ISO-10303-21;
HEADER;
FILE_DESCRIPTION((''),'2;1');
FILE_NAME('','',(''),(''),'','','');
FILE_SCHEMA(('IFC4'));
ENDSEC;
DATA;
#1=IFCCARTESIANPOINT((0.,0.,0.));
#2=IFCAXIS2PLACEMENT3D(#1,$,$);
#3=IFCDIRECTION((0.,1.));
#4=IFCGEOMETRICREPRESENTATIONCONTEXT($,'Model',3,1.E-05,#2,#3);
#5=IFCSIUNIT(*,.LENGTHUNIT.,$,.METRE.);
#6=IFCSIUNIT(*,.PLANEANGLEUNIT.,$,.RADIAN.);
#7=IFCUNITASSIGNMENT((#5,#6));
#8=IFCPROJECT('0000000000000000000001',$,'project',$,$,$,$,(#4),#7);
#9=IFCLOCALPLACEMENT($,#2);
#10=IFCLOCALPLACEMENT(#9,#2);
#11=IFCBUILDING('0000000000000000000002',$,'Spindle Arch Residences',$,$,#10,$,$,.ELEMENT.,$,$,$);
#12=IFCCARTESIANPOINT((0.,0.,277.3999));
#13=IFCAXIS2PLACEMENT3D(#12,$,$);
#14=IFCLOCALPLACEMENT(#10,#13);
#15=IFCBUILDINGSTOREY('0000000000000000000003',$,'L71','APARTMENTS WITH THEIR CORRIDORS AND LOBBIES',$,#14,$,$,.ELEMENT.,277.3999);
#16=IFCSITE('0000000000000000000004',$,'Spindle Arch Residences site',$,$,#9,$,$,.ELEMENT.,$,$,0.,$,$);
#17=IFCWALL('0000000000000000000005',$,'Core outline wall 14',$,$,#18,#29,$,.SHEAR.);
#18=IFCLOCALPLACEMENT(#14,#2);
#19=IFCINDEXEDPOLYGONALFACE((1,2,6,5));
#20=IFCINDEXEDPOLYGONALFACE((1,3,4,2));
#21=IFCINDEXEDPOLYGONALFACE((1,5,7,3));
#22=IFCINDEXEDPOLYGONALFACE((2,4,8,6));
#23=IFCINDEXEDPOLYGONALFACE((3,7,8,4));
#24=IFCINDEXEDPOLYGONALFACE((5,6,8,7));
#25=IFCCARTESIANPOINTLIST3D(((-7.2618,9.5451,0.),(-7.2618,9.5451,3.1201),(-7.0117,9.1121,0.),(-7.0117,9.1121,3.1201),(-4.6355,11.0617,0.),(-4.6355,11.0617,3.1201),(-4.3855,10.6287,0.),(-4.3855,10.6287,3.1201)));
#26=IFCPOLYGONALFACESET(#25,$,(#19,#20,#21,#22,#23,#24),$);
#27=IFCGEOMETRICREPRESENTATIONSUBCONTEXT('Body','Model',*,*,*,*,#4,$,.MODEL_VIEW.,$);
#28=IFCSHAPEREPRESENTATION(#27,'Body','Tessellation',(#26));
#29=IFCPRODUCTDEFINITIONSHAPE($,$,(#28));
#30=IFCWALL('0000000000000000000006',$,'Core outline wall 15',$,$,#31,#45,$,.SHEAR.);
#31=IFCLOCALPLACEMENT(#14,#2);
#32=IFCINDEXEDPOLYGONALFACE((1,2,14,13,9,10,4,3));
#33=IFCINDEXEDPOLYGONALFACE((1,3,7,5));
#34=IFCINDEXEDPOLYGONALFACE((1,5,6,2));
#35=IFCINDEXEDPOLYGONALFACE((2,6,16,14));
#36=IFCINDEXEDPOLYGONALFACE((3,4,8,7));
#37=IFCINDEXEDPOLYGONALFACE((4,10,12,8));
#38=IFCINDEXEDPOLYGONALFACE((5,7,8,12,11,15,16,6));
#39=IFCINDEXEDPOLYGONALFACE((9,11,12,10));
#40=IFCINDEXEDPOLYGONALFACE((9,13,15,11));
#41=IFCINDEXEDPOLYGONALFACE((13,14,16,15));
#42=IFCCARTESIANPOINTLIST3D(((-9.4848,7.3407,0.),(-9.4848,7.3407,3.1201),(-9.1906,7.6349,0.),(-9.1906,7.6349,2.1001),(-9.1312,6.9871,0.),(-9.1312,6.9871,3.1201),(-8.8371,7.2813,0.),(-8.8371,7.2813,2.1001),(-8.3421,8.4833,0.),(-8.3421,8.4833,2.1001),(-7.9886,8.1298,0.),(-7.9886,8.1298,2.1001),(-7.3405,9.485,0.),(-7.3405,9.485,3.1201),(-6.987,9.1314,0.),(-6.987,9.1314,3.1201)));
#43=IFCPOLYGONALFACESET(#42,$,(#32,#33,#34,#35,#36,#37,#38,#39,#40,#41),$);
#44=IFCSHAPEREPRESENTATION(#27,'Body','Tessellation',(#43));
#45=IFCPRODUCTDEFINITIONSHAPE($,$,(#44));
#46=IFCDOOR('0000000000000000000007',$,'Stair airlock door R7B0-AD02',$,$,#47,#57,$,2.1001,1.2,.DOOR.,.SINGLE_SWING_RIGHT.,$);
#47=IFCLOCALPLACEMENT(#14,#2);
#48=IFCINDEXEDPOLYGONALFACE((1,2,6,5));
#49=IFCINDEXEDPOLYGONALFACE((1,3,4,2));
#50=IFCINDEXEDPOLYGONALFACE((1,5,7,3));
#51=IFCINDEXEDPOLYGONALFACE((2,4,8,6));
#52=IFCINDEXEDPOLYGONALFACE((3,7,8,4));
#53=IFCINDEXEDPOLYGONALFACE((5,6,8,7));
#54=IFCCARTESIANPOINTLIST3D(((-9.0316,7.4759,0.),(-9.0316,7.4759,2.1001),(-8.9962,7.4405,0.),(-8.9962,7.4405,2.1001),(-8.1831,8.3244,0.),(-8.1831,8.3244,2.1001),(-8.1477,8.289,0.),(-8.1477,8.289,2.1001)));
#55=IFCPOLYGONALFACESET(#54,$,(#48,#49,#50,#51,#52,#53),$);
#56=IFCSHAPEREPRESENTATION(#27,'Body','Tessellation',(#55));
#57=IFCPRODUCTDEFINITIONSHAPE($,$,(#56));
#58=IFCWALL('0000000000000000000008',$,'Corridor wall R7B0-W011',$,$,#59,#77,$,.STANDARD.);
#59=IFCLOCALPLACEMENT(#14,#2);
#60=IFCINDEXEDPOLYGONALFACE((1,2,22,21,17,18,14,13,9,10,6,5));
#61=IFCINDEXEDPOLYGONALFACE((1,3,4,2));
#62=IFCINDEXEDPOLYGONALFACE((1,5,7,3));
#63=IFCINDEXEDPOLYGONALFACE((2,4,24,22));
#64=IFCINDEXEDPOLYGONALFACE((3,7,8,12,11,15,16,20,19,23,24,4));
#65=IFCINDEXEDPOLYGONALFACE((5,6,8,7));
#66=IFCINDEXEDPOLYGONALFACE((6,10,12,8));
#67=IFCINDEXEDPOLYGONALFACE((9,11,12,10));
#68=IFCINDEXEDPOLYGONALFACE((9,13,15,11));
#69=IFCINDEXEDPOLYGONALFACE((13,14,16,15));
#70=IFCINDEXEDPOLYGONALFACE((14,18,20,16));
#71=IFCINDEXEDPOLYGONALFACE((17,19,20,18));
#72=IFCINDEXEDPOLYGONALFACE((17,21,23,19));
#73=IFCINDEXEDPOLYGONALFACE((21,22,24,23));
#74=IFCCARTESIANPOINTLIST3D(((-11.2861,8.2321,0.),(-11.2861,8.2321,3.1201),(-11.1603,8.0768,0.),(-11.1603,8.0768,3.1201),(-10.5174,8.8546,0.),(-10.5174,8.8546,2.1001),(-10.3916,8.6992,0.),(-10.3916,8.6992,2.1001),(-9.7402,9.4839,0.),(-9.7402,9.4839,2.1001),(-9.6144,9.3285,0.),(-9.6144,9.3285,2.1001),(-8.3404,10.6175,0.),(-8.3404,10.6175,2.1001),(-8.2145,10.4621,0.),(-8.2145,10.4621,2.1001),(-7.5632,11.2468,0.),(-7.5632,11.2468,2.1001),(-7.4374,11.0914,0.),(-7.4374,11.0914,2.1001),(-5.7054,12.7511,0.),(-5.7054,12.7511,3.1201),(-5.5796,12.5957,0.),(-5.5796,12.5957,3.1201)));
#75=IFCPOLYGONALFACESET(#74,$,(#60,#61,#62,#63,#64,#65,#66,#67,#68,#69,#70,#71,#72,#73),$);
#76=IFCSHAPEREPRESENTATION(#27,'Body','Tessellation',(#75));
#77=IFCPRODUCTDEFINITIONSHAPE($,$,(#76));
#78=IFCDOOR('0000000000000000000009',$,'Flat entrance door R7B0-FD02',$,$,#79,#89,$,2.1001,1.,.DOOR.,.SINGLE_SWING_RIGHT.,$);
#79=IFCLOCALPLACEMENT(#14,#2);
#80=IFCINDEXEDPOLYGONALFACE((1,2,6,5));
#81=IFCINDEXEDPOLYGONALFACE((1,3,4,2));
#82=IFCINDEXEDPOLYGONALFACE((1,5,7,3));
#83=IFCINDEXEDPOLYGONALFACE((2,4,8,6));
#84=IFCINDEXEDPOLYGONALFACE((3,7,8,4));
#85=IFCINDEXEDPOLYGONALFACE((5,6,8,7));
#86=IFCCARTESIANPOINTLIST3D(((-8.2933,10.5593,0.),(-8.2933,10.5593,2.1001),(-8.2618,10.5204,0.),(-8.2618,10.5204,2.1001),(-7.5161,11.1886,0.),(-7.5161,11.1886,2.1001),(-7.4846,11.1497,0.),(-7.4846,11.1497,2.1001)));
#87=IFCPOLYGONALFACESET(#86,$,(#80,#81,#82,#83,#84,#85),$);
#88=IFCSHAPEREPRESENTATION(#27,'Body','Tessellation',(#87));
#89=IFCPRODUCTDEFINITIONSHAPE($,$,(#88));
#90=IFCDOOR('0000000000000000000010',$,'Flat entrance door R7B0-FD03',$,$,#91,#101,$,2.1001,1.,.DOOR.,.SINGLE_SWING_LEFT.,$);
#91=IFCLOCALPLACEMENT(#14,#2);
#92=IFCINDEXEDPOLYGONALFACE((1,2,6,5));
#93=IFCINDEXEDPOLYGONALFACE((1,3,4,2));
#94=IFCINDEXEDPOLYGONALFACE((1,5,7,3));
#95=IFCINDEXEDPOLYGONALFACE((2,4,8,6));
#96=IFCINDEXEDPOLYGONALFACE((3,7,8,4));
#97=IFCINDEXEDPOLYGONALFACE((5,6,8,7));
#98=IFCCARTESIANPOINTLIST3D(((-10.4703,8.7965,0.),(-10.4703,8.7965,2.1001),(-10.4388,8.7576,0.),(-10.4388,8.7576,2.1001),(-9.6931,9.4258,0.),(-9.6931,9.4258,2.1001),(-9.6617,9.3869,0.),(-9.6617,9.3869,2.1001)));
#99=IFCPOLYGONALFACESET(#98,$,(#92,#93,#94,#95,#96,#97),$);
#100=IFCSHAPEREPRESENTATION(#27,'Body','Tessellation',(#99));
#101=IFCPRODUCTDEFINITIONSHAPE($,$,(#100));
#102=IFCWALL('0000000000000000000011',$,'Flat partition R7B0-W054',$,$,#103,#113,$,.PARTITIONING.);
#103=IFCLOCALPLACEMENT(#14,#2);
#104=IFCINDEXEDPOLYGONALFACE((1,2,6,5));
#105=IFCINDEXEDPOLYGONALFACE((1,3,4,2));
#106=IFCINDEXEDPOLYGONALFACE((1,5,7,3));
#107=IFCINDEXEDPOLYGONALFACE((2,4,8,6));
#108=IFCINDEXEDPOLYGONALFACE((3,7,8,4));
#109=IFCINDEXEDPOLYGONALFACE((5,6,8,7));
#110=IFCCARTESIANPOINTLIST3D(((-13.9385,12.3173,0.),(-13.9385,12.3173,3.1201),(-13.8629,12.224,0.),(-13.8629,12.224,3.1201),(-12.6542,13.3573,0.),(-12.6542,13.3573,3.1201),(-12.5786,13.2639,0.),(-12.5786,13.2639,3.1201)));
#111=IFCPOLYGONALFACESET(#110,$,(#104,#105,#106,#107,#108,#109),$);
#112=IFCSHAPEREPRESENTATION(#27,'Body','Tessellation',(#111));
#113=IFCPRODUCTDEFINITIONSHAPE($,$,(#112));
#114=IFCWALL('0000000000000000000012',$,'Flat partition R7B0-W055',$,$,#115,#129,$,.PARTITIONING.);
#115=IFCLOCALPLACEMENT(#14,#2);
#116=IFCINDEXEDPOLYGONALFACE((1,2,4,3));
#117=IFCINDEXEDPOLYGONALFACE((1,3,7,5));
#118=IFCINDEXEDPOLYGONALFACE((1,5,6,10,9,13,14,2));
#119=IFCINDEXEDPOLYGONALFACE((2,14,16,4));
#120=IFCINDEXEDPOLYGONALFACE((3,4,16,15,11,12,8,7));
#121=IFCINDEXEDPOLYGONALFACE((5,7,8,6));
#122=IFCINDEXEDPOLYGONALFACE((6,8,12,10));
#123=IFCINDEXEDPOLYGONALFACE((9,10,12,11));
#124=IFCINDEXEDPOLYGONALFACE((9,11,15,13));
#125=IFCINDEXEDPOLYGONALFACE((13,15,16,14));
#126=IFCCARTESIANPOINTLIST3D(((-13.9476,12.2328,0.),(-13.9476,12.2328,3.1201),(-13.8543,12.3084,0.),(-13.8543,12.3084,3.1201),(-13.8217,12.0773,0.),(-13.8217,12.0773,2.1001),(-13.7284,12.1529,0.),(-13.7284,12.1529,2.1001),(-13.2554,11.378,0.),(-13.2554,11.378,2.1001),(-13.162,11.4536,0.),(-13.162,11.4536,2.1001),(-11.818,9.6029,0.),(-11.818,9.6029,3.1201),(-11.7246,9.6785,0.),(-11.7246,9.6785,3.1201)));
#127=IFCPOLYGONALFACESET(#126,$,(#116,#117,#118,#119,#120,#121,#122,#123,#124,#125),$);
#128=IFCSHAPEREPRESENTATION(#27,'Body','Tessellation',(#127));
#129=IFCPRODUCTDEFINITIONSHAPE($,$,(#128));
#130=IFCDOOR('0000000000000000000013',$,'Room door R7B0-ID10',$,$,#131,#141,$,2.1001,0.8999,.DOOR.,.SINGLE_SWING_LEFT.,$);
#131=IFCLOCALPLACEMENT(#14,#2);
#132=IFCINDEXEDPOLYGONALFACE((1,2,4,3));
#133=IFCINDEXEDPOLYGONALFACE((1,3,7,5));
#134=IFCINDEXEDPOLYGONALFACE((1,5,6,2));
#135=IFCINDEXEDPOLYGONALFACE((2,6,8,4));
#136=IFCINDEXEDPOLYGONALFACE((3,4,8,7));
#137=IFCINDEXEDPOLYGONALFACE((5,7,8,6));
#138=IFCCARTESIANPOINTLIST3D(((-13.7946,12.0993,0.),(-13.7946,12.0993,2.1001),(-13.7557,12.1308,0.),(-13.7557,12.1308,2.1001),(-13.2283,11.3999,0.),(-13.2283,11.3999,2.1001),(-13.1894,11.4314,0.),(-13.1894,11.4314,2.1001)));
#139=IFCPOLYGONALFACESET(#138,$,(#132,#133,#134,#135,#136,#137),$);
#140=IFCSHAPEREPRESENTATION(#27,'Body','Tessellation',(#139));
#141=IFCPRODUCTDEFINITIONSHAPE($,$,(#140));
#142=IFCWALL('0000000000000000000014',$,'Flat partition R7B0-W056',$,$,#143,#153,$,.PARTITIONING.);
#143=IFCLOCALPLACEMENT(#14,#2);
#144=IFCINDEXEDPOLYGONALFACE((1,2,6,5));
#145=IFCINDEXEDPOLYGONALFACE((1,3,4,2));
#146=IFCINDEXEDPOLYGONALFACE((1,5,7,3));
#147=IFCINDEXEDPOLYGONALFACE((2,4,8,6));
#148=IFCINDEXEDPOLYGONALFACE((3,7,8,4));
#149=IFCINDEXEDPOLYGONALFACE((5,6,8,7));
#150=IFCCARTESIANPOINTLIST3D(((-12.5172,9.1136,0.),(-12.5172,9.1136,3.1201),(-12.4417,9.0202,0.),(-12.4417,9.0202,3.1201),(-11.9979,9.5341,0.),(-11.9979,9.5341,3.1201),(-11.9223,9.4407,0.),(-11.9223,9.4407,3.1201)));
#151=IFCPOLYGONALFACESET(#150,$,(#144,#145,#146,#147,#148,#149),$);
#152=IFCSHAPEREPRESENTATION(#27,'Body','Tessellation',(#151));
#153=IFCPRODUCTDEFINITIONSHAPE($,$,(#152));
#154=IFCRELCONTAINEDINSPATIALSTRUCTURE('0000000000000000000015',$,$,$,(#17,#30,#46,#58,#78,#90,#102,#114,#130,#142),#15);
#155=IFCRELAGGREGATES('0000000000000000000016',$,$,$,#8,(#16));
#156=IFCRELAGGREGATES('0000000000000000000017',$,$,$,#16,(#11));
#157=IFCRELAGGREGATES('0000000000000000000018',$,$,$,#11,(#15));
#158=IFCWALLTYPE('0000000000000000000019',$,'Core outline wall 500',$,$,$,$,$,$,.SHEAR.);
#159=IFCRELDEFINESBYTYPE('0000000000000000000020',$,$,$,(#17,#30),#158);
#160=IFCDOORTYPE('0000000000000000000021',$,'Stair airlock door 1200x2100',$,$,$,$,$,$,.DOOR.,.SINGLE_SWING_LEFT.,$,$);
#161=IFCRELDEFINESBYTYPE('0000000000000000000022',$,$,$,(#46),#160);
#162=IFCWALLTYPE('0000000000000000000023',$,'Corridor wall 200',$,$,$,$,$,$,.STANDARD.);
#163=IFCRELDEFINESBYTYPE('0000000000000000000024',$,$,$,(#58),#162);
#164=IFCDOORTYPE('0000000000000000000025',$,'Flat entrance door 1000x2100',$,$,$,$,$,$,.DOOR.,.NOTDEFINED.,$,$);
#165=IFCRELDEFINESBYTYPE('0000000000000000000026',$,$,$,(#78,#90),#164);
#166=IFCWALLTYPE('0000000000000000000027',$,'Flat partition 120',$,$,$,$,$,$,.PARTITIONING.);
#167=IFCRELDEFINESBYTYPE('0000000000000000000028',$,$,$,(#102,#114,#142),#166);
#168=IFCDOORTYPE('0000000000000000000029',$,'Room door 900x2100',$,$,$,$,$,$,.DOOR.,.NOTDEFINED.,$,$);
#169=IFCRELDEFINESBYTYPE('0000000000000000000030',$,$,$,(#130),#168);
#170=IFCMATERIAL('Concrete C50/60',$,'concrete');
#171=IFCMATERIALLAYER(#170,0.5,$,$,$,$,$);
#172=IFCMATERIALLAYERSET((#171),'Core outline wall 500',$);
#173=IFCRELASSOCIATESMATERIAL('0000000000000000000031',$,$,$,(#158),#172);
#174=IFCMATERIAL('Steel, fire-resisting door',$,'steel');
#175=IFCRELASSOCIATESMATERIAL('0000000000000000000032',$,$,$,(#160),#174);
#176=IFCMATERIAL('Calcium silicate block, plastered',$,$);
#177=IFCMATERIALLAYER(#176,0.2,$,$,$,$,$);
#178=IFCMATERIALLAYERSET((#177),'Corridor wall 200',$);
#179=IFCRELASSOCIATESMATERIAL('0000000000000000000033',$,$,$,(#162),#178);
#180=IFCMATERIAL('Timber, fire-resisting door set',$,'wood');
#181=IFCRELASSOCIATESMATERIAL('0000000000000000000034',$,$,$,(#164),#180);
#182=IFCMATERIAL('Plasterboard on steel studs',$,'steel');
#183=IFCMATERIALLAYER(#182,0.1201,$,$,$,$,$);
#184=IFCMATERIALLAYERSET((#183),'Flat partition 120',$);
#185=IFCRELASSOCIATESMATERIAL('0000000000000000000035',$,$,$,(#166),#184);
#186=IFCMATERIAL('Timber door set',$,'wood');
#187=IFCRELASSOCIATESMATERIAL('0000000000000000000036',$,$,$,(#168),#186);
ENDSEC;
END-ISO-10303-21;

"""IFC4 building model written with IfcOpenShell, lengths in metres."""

from ifc_helpers import new_model, si_unit, direction, frame, frame_2d, origin, place, context, subcontext, project, spatial, rectangle, extrude, material, layer, layer_set, type_object, element, fill, save


model = new_model("IFC4")

# Units and contexts
model_context = context("Model", 3, precision=1e-05, world=origin(), true_north=direction((0.0, 1.0)))
body_context = subcontext(model_context, "Body", "Model", "MODEL_VIEW")
ifc_project = project(units=[si_unit("LENGTHUNIT", "METRE"), si_unit("PLANEANGLEUNIT", "RADIAN")], contexts=[model_context])

# Site, building, storey
site_placement = place(None, origin())
site = spatial("IfcSite", under=ifc_project, at=site_placement, Name="Spindle Arch Residences site", CompositionType="ELEMENT", RefElevation=0.0)
building_placement = place(site_placement, origin())
building = spatial("IfcBuilding", under=site, at=building_placement, Name="Spindle Arch Residences", CompositionType="ELEMENT")
storey_placement = place(building_placement, frame((0.0, 0.0, 277.3999)))
storey = spatial("IfcBuildingStorey", under=building, at=storey_placement, Name="L71", Description="APARTMENTS WITH THEIR CORRIDORS AND LOBBIES", CompositionType="ELEMENT", Elevation=277.3999)

# Wall
ifc_material_1 = material(Name="Concrete C50/60", Category="concrete")
ifc_layer_1 = layer(ifc_material_1, 0.5)
ifc_layer_set_1 = layer_set([ifc_layer_1], Name="Core outline wall 500")
wall_type_1 = type_object("IfcWallType", Name="Core outline wall 500", PredefinedType="SHEAR", material=ifc_layer_set_1)
wall_1_placement = place(storey_placement, frame((-4.5105, 10.8452, 0.0), z_axis=(0.0, 0.0, 1.0), x_axis=(-0.865975, -0.500087, 0.0)))
element("IfcWall", 1, at=wall_1_placement, inside=storey, type_object=wall_type_1, Name="Core outline wall 14", PredefinedType="SHEAR", context=body_context, shape_type="SweptSolid", body=[
    extrude(rectangle(XDim=3.0327, YDim=0.5, at=frame_2d((1.5164, 0.0))), origin(), (0.0, 0.0, 1.0), 3.1201),
])

# Wall, opening, door
wall_2_placement = place(storey_placement, frame((-7.1638, 9.3081, 0.0), z_axis=(0.0, 0.0, 1.0), x_axis=(-0.707107, -0.707107, 0.0)))
wall_2 = element("IfcWall", 2, at=wall_2_placement, inside=storey, type_object=wall_type_1, Name="Core outline wall 15", PredefinedType="SHEAR", context=body_context, shape_type="SweptSolid", body=[
    extrude(rectangle(XDim=3.0325, YDim=0.5, at=frame_2d((1.5161, 0.0))), origin(), (0.0, 0.0, 1.0), 3.1201),
])
opening_1_placement = place(wall_2_placement, frame((1.4163, 0.0, 0.0)))
opening_1 = element("IfcOpeningElement", 3, at=opening_1_placement, cuts=wall_2, PredefinedType="OPENING", context=body_context, shape_type="SweptSolid", body=[
    extrude(rectangle(XDim=1.2, YDim=2.1001, at=frame_2d((0.6001, 1.05))), frame((0.0, 0.26, 0.0), z_axis=(0.0, -1.0, 0.0), x_axis=(1.0, 0.0, 0.0)), (0.0, 0.0, 1.0), 0.52),
])
ifc_material_2 = material(Name="Steel, fire-resisting door", Category="steel")
door_type_1 = type_object("IfcDoorType", Name="Stair airlock door 1200x2100", OperationType="SINGLE_SWING_LEFT", PredefinedType="DOOR", material=ifc_material_2)
door_1_placement = place(opening_1_placement, origin())
door_1 = element("IfcDoor", 4, at=door_1_placement, inside=storey, type_object=door_type_1, Name="Stair airlock door R7B0-AD02", OperationType="SINGLE_SWING_RIGHT", OverallHeight=2.1001, OverallWidth=1.2, PredefinedType="DOOR", context=body_context, shape_type="SweptSolid", body=[
    extrude(rectangle(XDim=1.2, YDim=2.1001, at=frame_2d((0.6001, 1.05))), frame((0.0, 0.0249, 0.0), z_axis=(0.0, -1.0, 0.0), x_axis=(1.0, 0.0, 0.0)), (0.0, 0.0, 1.0), 0.05),
])
fill(opening_1, door_1)

# Wall, openings, doors
ifc_material_3 = material(Name="Calcium silicate block, plastered")
ifc_layer_2 = layer(ifc_material_3, 0.2)
ifc_layer_set_2 = layer_set([ifc_layer_2], Name="Corridor wall 200")
wall_type_2 = type_object("IfcWallType", Name="Corridor wall 200", PredefinedType="STANDARD", material=ifc_layer_set_2)
wall_3_placement = place(storey_placement, frame((-5.6426, 12.6733, 0.0), z_axis=(0.0, 0.0, 1.0), x_axis=(-0.77716, -0.629303, 0.0)))
wall_3 = element("IfcWall", 5, at=wall_3_placement, inside=storey, type_object=wall_type_2, Name="Corridor wall R7B0-W011", PredefinedType="STANDARD", context=body_context, shape_type="SweptSolid", body=[
    extrude(rectangle(XDim=7.1809, YDim=0.2, at=frame_2d((3.5903, 0.0))), origin(), (0.0, 0.0, 1.0), 3.1201),
])
opening_2_placement = place(wall_3_placement, frame((2.3904, 0.0, 0.0)))
opening_2 = element("IfcOpeningElement", 6, at=opening_2_placement, cuts=wall_3, PredefinedType="OPENING", context=body_context, shape_type="SweptSolid", body=[
    extrude(rectangle(XDim=1.0, YDim=2.1001, at=frame_2d((0.5, 1.05))), frame((0.0, 0.1099, 0.0), z_axis=(0.0, -1.0, 0.0), x_axis=(1.0, 0.0, 0.0)), (0.0, 0.0, 1.0), 0.22),
])
opening_3_placement = place(wall_3_placement, frame((5.1917, 0.0, 0.0)))
opening_3 = element("IfcOpeningElement", 7, at=opening_3_placement, cuts=wall_3, PredefinedType="OPENING", context=body_context, shape_type="SweptSolid", body=[
    extrude(rectangle(XDim=1.0, YDim=2.1001, at=frame_2d((0.5, 1.05))), frame((0.0, 0.1099, 0.0), z_axis=(0.0, -1.0, 0.0), x_axis=(1.0, 0.0, 0.0)), (0.0, 0.0, 1.0), 0.22),
])
ifc_material_4 = material(Name="Timber, fire-resisting door set", Category="wood")
door_type_2 = type_object("IfcDoorType", Name="Flat entrance door 1000x2100", OperationType="NOTDEFINED", PredefinedType="DOOR", material=ifc_material_4)
door_2_placement = place(opening_2_placement, origin())
door_2 = element("IfcDoor", 8, at=door_2_placement, inside=storey, type_object=door_type_2, Name="Flat entrance door R7B0-FD02", OperationType="SINGLE_SWING_RIGHT", OverallHeight=2.1001, OverallWidth=1.0, PredefinedType="DOOR", context=body_context, shape_type="SweptSolid", body=[
    extrude(rectangle(XDim=1.0, YDim=2.1001, at=frame_2d((0.5, 1.05))), frame((0.0, 0.0249, 0.0), z_axis=(0.0, -1.0, 0.0), x_axis=(1.0, 0.0, 0.0)), (0.0, 0.0, 1.0), 0.05),
])
fill(opening_2, door_2)
door_3_placement = place(opening_3_placement, origin())
door_3 = element("IfcDoor", 9, at=door_3_placement, inside=storey, type_object=door_type_2, Name="Flat entrance door R7B0-FD03", OperationType="SINGLE_SWING_LEFT", OverallHeight=2.1001, OverallWidth=1.0, PredefinedType="DOOR", context=body_context, shape_type="SweptSolid", body=[
    extrude(rectangle(XDim=1.0, YDim=2.1001, at=frame_2d((0.5, 1.05))), frame((0.0, 0.0249, 0.0), z_axis=(0.0, -1.0, 0.0), x_axis=(1.0, 0.0, 0.0)), (0.0, 0.0, 1.0), 0.05),
])
fill(opening_3, door_3)

# Wall
ifc_material_5 = material(Name="Plasterboard on steel studs", Category="steel")
ifc_layer_3 = layer(ifc_material_5, 0.1201)
ifc_layer_set_3 = layer_set([ifc_layer_3], Name="Flat partition 120")
wall_type_3 = type_object("IfcWallType", Name="Flat partition 120", PredefinedType="PARTITIONING", material=ifc_layer_set_3)
wall_4_placement = place(storey_placement, frame((-12.6165, 13.3105, 0.0), z_axis=(0.0, 0.0, 1.0), x_axis=(-0.777166, -0.629296, 0.0)))
element("IfcWall", 10, at=wall_4_placement, inside=storey, type_object=wall_type_3, Name="Flat partition R7B0-W054", PredefinedType="PARTITIONING", context=body_context, shape_type="SweptSolid", body=[
    extrude(rectangle(XDim=1.6526, YDim=0.1201, at=frame_2d((0.8262, 0.0))), origin(), (0.0, 0.0, 1.0), 3.1201),
])

# Wall, opening, door
wall_5_placement = place(storey_placement, frame((-13.9009, 12.2705, 0.0), z_axis=(0.0, 0.0, 1.0), x_axis=(0.629321, -0.777146, 0.0)))
wall_5 = element("IfcWall", 11, at=wall_5_placement, inside=storey, type_object=wall_type_3, Name="Flat partition R7B0-W055", PredefinedType="PARTITIONING", context=body_context, shape_type="SweptSolid", body=[
    extrude(rectangle(XDim=3.384, YDim=0.1201, at=frame_2d((1.6919, 0.0))), origin(), (0.0, 0.0, 1.0), 3.1201),
])
opening_4_placement = place(wall_5_placement, frame((0.2, 0.0, 0.0)))
opening_4 = element("IfcOpeningElement", 12, at=opening_4_placement, cuts=wall_5, PredefinedType="OPENING", context=body_context, shape_type="SweptSolid", body=[
    extrude(rectangle(XDim=0.8999, YDim=2.1001, at=frame_2d((0.45, 1.05))), frame((0.0, 0.0701, 0.0), z_axis=(0.0, -1.0, 0.0), x_axis=(1.0, 0.0, 0.0)), (0.0, 0.0, 1.0), 0.1401),
])
ifc_material_6 = material(Name="Timber door set", Category="wood")
door_type_3 = type_object("IfcDoorType", Name="Room door 900x2100", OperationType="NOTDEFINED", PredefinedType="DOOR", material=ifc_material_6)
door_4_placement = place(opening_4_placement, origin())
door_4 = element("IfcDoor", 13, at=door_4_placement, inside=storey, type_object=door_type_3, Name="Room door R7B0-ID10", OperationType="SINGLE_SWING_LEFT", OverallHeight=2.1001, OverallWidth=0.8999, PredefinedType="DOOR", context=body_context, shape_type="SweptSolid", body=[
    extrude(rectangle(XDim=0.8999, YDim=2.1001, at=frame_2d((0.45, 1.05))), frame((0.0, 0.0249, 0.0), z_axis=(0.0, -1.0, 0.0), x_axis=(1.0, 0.0, 0.0)), (0.0, 0.0, 1.0), 0.05),
])
fill(opening_4, door_4)

# Wall
wall_6_placement = place(storey_placement, frame((-11.9602, 9.4873, 0.0), z_axis=(0.0, 0.0, 1.0), x_axis=(-0.777219, -0.62923, 0.0)))
element("IfcWall", 14, at=wall_6_placement, inside=storey, type_object=wall_type_3, Name="Flat partition R7B0-W056", PredefinedType="PARTITIONING", context=body_context, shape_type="SweptSolid", body=[
    extrude(rectangle(XDim=0.6682, YDim=0.1201, at=frame_2d((0.334, 0.0))), origin(), (0.0, 0.0, 1.0), 3.1201),
])

save(model, "model.ifc")
